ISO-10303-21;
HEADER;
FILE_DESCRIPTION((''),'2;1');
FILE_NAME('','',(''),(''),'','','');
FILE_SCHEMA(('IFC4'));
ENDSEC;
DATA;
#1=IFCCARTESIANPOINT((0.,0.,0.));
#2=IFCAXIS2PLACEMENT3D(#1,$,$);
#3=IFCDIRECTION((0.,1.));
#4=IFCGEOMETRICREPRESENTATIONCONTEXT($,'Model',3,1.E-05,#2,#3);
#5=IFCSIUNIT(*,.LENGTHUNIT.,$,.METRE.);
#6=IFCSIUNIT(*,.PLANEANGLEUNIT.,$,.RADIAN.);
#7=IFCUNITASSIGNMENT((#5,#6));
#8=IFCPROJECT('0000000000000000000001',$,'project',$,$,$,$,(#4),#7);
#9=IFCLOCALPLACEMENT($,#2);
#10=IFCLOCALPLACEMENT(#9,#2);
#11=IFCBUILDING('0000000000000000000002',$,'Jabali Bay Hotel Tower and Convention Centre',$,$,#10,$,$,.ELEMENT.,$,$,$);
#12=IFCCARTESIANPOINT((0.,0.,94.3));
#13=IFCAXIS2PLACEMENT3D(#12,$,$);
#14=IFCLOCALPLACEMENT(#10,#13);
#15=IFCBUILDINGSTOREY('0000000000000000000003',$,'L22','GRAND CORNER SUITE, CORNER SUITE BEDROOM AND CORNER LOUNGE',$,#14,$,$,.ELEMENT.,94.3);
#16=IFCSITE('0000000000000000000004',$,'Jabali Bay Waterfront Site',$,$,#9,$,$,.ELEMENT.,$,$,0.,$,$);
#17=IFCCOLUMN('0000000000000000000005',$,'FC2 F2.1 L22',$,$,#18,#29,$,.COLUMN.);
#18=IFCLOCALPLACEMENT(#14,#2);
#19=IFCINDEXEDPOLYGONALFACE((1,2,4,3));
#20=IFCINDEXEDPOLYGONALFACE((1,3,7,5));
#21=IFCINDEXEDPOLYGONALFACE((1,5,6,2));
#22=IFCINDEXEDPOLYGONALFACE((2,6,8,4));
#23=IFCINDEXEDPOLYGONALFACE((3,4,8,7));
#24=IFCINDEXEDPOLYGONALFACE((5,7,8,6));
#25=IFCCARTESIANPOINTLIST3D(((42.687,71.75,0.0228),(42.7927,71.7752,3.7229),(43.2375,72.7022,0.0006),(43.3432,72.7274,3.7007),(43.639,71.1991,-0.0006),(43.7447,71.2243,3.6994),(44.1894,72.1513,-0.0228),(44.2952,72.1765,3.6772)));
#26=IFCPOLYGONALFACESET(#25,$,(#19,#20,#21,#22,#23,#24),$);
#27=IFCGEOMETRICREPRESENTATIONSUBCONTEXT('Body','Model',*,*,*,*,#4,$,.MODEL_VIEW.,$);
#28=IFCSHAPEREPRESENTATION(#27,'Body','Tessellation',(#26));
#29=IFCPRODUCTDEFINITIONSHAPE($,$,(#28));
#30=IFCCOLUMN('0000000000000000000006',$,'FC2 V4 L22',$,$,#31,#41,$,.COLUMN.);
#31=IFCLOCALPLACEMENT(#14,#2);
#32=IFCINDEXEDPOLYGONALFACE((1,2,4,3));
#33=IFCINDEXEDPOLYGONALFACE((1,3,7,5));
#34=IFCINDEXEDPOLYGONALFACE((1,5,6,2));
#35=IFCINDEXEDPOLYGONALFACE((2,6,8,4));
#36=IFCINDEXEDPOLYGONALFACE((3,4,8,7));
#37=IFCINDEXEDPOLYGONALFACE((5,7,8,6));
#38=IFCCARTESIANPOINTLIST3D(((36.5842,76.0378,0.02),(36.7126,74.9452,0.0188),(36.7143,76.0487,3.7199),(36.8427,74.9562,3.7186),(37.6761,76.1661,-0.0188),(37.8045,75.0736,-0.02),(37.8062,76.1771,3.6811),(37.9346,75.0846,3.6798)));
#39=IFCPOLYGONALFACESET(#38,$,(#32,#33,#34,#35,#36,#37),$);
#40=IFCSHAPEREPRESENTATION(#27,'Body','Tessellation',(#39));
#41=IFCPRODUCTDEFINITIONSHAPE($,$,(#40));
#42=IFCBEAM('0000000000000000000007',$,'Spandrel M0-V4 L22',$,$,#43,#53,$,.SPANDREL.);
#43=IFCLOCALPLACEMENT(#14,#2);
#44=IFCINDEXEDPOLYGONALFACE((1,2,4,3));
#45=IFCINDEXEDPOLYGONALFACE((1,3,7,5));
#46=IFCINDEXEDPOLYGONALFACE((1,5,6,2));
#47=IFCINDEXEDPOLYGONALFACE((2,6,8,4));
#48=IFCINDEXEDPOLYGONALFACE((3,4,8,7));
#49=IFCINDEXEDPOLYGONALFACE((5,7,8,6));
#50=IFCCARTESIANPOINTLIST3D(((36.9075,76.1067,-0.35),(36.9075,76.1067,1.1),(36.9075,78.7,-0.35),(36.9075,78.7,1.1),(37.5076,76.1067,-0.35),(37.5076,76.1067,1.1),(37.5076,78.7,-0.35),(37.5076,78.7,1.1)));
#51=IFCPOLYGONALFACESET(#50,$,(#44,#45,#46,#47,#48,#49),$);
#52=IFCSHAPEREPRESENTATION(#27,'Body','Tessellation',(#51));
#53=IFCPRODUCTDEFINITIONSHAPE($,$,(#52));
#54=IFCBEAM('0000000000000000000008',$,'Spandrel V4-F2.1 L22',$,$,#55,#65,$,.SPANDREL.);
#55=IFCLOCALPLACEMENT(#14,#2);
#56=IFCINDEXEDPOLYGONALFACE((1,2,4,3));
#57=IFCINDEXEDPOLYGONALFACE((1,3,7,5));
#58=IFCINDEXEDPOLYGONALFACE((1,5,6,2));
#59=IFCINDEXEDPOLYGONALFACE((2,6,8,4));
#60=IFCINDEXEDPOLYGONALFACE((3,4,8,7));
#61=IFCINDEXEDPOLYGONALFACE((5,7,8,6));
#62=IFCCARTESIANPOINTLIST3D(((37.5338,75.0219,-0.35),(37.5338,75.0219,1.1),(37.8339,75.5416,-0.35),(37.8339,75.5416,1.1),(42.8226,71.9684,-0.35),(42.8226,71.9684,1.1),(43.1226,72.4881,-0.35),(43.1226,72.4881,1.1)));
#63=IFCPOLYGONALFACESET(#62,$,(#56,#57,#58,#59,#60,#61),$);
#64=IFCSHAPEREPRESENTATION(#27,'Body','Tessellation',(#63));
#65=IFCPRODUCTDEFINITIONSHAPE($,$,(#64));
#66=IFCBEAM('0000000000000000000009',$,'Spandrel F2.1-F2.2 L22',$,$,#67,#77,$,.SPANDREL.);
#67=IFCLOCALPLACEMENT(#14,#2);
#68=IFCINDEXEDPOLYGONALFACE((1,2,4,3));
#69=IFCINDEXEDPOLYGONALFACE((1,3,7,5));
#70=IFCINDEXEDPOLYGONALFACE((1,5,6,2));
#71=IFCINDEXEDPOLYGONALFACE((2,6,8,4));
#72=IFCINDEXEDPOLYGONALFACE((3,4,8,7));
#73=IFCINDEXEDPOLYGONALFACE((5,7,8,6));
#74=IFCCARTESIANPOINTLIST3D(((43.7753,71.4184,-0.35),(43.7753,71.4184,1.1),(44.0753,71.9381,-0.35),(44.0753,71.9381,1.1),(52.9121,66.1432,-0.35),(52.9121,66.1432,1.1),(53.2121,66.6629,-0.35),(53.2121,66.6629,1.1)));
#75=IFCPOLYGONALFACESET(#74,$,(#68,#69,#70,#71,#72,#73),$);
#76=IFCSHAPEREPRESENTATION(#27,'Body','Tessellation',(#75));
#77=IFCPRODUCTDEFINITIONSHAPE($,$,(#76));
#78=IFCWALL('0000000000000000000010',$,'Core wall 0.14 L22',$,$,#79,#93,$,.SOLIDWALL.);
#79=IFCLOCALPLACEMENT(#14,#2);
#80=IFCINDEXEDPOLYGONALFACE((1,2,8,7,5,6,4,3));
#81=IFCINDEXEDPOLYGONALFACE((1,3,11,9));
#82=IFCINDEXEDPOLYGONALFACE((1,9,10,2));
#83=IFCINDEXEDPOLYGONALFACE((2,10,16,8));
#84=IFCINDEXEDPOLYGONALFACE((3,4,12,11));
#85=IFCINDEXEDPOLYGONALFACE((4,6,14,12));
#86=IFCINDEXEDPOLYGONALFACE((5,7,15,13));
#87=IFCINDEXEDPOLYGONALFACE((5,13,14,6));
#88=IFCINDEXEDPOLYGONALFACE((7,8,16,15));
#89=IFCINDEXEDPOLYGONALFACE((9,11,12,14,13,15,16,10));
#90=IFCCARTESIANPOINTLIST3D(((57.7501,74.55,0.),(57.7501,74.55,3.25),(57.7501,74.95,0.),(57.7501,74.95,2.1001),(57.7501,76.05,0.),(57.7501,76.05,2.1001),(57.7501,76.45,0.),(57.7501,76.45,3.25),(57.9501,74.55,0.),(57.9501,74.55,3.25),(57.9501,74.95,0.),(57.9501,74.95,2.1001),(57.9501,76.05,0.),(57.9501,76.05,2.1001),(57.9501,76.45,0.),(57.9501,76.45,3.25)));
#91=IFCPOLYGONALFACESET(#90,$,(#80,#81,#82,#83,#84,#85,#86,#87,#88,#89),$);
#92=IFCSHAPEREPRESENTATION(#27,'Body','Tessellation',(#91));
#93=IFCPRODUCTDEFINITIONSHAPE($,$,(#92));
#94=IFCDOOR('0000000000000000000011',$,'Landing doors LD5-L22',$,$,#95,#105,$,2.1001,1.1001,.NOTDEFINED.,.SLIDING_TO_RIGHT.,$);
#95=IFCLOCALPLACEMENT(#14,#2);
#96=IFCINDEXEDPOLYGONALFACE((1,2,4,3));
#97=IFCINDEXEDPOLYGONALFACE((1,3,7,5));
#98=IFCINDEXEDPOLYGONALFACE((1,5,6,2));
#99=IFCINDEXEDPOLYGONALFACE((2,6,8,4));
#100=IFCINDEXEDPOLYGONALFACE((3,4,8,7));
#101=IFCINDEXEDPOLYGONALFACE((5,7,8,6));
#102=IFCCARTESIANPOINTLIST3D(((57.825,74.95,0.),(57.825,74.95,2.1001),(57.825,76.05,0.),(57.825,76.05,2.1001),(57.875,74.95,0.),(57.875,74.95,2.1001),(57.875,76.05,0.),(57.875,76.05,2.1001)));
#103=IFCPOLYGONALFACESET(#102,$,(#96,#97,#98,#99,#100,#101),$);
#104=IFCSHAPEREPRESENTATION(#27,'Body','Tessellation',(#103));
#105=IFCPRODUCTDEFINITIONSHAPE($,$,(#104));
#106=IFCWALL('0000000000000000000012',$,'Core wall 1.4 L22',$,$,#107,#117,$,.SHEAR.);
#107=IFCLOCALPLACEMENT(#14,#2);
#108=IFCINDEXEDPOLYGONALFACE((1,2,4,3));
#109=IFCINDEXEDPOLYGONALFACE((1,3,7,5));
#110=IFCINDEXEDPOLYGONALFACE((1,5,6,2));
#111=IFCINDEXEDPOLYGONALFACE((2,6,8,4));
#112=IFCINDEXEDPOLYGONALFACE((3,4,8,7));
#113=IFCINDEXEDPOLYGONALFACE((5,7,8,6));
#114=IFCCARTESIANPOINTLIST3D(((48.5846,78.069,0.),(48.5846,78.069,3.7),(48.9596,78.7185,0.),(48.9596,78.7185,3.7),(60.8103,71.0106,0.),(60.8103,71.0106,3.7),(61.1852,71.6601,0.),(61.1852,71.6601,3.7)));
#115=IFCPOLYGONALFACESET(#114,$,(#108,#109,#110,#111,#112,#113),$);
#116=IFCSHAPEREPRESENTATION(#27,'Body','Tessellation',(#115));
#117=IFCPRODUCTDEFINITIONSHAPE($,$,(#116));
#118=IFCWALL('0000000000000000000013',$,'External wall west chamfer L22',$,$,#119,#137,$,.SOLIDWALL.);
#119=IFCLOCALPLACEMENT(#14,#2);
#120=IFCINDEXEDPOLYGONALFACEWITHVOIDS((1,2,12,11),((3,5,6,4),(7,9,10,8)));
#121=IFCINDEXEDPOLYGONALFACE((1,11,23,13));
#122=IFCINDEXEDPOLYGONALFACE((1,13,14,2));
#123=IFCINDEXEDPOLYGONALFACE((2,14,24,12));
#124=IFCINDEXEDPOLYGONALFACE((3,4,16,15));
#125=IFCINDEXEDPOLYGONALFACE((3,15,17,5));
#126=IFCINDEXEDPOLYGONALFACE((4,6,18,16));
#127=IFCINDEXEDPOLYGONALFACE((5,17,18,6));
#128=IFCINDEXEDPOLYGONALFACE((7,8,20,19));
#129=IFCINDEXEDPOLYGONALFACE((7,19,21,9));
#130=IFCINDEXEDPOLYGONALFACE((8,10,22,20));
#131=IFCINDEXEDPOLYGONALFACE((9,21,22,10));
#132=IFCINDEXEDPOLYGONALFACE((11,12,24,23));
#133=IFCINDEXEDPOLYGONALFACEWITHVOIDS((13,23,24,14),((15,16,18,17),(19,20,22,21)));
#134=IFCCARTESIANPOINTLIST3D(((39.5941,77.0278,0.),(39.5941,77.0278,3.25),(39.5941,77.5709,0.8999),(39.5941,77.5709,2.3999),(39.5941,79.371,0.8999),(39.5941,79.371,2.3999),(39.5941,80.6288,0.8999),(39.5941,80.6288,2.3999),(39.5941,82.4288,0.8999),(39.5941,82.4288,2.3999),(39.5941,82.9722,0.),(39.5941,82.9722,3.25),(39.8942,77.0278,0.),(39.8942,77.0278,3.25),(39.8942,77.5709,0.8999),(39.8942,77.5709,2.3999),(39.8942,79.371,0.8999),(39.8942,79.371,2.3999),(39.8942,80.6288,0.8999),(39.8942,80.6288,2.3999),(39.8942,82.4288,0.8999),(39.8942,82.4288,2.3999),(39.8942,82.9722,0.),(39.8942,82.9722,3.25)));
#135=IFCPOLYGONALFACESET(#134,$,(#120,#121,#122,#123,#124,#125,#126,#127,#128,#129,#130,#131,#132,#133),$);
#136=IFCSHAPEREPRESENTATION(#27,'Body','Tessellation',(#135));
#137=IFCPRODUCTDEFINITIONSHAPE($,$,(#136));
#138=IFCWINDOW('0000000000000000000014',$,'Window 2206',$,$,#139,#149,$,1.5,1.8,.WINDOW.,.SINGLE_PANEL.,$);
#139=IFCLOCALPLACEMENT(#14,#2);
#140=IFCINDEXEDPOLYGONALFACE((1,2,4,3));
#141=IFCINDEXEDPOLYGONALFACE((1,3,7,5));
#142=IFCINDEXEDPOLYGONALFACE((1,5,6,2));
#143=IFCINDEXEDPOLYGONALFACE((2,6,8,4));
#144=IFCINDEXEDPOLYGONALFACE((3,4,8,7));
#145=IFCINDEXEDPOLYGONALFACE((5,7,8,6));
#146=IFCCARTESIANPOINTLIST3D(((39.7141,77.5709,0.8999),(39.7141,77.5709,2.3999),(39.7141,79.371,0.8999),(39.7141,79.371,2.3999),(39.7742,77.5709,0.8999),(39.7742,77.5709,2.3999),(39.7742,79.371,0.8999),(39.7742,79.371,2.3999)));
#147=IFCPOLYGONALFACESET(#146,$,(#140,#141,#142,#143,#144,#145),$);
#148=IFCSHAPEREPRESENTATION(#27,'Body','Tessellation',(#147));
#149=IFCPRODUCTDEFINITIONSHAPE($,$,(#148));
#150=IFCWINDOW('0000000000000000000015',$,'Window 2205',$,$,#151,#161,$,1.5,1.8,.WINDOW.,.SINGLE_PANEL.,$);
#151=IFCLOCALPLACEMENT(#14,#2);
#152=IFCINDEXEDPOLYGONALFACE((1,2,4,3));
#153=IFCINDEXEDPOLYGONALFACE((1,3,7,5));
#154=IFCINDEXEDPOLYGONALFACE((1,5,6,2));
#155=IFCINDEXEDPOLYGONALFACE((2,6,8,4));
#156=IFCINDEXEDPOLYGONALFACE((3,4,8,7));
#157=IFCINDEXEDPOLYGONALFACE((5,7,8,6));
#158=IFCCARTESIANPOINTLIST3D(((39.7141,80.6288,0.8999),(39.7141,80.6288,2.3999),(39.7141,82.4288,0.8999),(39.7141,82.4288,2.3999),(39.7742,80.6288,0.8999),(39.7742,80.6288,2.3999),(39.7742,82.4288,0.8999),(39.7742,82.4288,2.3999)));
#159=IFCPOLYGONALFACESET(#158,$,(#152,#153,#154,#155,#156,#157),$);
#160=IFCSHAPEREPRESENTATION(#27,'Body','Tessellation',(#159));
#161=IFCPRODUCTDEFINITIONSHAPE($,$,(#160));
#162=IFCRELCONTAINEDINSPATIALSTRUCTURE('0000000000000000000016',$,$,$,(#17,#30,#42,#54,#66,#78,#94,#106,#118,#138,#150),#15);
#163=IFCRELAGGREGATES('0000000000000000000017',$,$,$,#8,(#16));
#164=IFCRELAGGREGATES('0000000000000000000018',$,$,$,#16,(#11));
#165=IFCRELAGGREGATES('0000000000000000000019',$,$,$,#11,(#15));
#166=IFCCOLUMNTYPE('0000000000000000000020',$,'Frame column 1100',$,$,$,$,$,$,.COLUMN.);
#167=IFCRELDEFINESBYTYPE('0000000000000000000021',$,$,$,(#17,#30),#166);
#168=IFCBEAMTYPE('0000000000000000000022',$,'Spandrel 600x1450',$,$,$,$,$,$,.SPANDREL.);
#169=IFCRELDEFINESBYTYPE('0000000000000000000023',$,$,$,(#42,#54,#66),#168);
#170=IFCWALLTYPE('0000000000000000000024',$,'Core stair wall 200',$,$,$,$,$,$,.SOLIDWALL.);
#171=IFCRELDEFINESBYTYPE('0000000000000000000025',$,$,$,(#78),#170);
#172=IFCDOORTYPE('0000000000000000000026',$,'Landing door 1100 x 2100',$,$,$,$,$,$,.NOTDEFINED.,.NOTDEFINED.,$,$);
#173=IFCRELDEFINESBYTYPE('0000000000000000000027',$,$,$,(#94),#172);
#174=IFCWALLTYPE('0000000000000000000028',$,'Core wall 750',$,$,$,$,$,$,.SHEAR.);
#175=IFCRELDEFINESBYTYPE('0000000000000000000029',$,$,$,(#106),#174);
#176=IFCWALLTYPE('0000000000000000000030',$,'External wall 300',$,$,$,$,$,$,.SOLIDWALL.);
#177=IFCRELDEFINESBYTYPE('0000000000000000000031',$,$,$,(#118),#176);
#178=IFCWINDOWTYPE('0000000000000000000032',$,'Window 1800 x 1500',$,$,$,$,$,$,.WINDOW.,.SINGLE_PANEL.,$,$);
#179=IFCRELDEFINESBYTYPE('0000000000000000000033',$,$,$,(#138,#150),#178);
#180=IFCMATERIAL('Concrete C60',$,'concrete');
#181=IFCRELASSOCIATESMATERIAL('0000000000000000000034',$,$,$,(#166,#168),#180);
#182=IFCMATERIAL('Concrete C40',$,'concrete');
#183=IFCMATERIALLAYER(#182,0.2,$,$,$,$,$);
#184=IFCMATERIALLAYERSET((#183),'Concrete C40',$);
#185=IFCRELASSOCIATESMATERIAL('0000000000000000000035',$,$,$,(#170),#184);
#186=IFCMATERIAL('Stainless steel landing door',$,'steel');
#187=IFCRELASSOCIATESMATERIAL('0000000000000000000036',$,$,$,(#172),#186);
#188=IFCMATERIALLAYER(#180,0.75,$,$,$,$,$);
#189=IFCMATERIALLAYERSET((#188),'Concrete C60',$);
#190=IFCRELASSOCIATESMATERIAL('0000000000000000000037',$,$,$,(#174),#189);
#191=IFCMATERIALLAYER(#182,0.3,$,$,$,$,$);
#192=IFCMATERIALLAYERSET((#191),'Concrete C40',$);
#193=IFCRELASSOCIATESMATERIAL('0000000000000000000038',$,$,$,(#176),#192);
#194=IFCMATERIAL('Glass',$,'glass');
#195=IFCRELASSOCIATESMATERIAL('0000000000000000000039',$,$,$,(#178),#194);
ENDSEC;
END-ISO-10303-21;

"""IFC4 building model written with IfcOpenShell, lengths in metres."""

from ifc_helpers import new_model, si_unit, direction, frame, frame_2d, origin, origin_2d, place, context, subcontext, project, spatial, rectangle, extrude, material, layer, layer_set, material_profile, profile_set, type_object, element, fill, save


model = new_model("IFC4")

# Units and contexts
model_context = context("Model", 3, precision=1e-05, world=origin(), true_north=direction((0.0, 1.0)))
body_context = subcontext(model_context, "Body", "Model", "MODEL_VIEW")
ifc_project = project(units=[si_unit("LENGTHUNIT", "METRE"), si_unit("PLANEANGLEUNIT", "RADIAN")], contexts=[model_context])

# Site, building, storey
site_placement = place(None, origin())
site = spatial("IfcSite", under=ifc_project, at=site_placement, Name="Jabali Bay Waterfront Site", CompositionType="ELEMENT", RefElevation=0.0)
building_placement = place(site_placement, origin())
building = spatial("IfcBuilding", under=site, at=building_placement, Name="Jabali Bay Hotel Tower and Convention Centre", CompositionType="ELEMENT")
storey_placement = place(building_placement, frame((0.0, 0.0, 94.3)))
storey = spatial("IfcBuildingStorey", under=building, at=storey_placement, Name="L22", Description="GRAND CORNER SUITE, CORNER SUITE BEDROOM AND CORNER LOUNGE", CompositionType="ELEMENT", Elevation=94.3)

# Columns
ifc_material_1 = material(Name="Concrete C60", Category="concrete")
ifc_material_profile_1 = material_profile(ifc_material_1, rectangle(XDim=1.1001, YDim=1.1001, at=origin_2d()), Name="Frame column 1100")
ifc_profile_set_1 = profile_set([ifc_material_profile_1], Name="Concrete C60")
column_type = type_object("IfcColumnType", Name="Frame column 1100", PredefinedType="COLUMN", material=ifc_profile_set_1)
column_1_placement = place(storey_placement, frame((43.4382, 71.9507, 0.0), z_axis=(0.028559, 0.006794, 0.999569), x_axis=(-0.86532, 0.500766, 0.02132)))
element("IfcColumn", 1, at=column_1_placement, inside=storey, type_object=column_type, Name="FC2 F2.1 L22", PredefinedType="COLUMN", context=body_context, shape_type="SweptSolid", body=[
    extrude(rectangle(XDim=1.1001, YDim=1.1001, at=origin_2d()), origin(), (0.0, 0.0, 1.0), 3.7017),
])
column_2_placement = place(storey_placement, frame((37.1943, 75.5557, 0.0), z_axis=(0.035148, 0.002967, 0.999378), x_axis=(-0.116729, 0.993163, 0.001156)))
element("IfcColumn", 2, at=column_2_placement, inside=storey, type_object=column_type, Name="FC2 V4 L22", PredefinedType="COLUMN", context=body_context, shape_type="SweptSolid", body=[
    extrude(rectangle(XDim=1.1001, YDim=1.1001, at=origin_2d()), origin(), (0.0, 0.0, 1.0), 3.7021),
])

# Beams
ifc_material_profile_2 = material_profile(ifc_material_1, rectangle(XDim=0.6001, YDim=1.45, at=origin_2d()), Name="Spandrel 600x1450")
ifc_profile_set_2 = profile_set([ifc_material_profile_2], Name="Concrete C60")
beam_type = type_object("IfcBeamType", Name="Spandrel 600x1450", PredefinedType="SPANDREL", material=ifc_profile_set_2)
beam_1_placement = place(storey_placement, frame((37.2075, 78.7, 0.375), z_axis=(0.0, -1.0, 0.0), x_axis=(1.0, 0.0, 0.0)))
element("IfcBeam", 3, at=beam_1_placement, inside=storey, type_object=beam_type, Name="Spandrel M0-V4 L22", PredefinedType="SPANDREL", context=body_context, shape_type="SweptSolid", body=[
    extrude(rectangle(XDim=0.6001, YDim=1.45, at=origin_2d()), origin(), (0.0, 0.0, 1.0), 2.5933),
])
beam_2_placement = place(storey_placement, frame((37.6838, 75.2817, 0.375), z_axis=(0.866028, -0.499996, 0.0), x_axis=(0.499996, 0.866028, 0.0)))
element("IfcBeam", 4, at=beam_2_placement, inside=storey, type_object=beam_type, Name="Spandrel V4-F2.1 L22", PredefinedType="SPANDREL", context=body_context, shape_type="SweptSolid", body=[
    extrude(rectangle(XDim=0.6001, YDim=1.45, at=origin_2d()), origin(), (0.0, 0.0, 1.0), 6.1069),
])
beam_3_placement = place(storey_placement, frame((43.9253, 71.6782, 0.375), z_axis=(0.866023, -0.500004, 0.0), x_axis=(0.500004, 0.866023, 0.0)))
element("IfcBeam", 5, at=beam_3_placement, inside=storey, type_object=beam_type, Name="Spandrel F2.1-F2.2 L22", PredefinedType="SPANDREL", context=body_context, shape_type="SweptSolid", body=[
    extrude(rectangle(XDim=0.6001, YDim=1.45, at=origin_2d()), origin(), (0.0, 0.0, 1.0), 10.5503),
])

# Wall, opening, door
ifc_material_2 = material(Name="Concrete C40", Category="concrete")
ifc_layer_1 = layer(ifc_material_2, 0.2)
ifc_layer_set_1 = layer_set([ifc_layer_1], Name="Concrete C40")
wall_type_1 = type_object("IfcWallType", Name="Core stair wall 200", PredefinedType="SOLIDWALL", material=ifc_layer_set_1)
wall_1_placement = place(storey_placement, frame((57.8501, 76.45, 0.0), z_axis=(0.0, 0.0, 1.0), x_axis=(0.0, -1.0, 0.0)))
wall_1 = element("IfcWall", 6, at=wall_1_placement, inside=storey, type_object=wall_type_1, Name="Core wall 0.14 L22", PredefinedType="SOLIDWALL", context=body_context, shape_type="SweptSolid", body=[
    extrude(rectangle(XDim=1.8999, YDim=0.2, at=frame_2d((0.95, 0.0))), origin(), (0.0, 0.0, 1.0), 3.25),
])
opening_1_placement = place(wall_1_placement, frame((0.3999, 0.0, 0.0)))
opening_1 = element("IfcOpeningElement", 7, at=opening_1_placement, cuts=wall_1, PredefinedType="OPENING", context=body_context, shape_type="SweptSolid", body=[
    extrude(rectangle(XDim=1.1001, YDim=2.1001, at=frame_2d((0.55, 1.05))), frame((0.0, 0.1104, 0.0), z_axis=(0.0, -1.0, 0.0), x_axis=(1.0, 0.0, 0.0)), (0.0, 0.0, 1.0), 0.2209),
])
ifc_material_3 = material(Name="Stainless steel landing door", Category="steel")
door_type = type_object("IfcDoorType", Name="Landing door 1100 x 2100", OperationType="NOTDEFINED", PredefinedType="NOTDEFINED", material=ifc_material_3)
door_placement = place(opening_1_placement, origin())
door = element("IfcDoor", 8, at=door_placement, inside=storey, type_object=door_type, Name="Landing doors LD5-L22", OperationType="SLIDING_TO_RIGHT", OverallHeight=2.1001, OverallWidth=1.1001, PredefinedType="NOTDEFINED", context=body_context, shape_type="SweptSolid", body=[
    extrude(rectangle(XDim=1.1001, YDim=2.1001, at=frame_2d((0.55, 1.05))), frame((0.0, 0.0249, 0.0), z_axis=(0.0, -1.0, 0.0), x_axis=(1.0, 0.0, 0.0)), (0.0, 0.0, 1.0), 0.05),
])
fill(opening_1, door)

# Wall
ifc_layer_2 = layer(ifc_material_1, 0.75)
ifc_layer_set_2 = layer_set([ifc_layer_2], Name="Concrete C60")
wall_type_2 = type_object("IfcWallType", Name="Core wall 750", PredefinedType="SHEAR", material=ifc_layer_set_2)
wall_2_placement = place(storey_placement, frame((48.772, 78.3938, 0.0), z_axis=(0.0, 0.0, 1.0), x_axis=(0.866028, -0.499995, 0.0)))
element("IfcWall", 9, at=wall_2_placement, inside=storey, type_object=wall_type_2, Name="Core wall 1.4 L22", PredefinedType="SHEAR", context=body_context, shape_type="SweptSolid", body=[
    extrude(rectangle(XDim=14.1169, YDim=0.75, at=frame_2d((7.0586, 0.0))), origin(), (0.0, 0.0, 1.0), 3.7),
])

# Wall, openings, windows
ifc_layer_3 = layer(ifc_material_2, 0.3)
ifc_layer_set_3 = layer_set([ifc_layer_3], Name="Concrete C40")
wall_type_3 = type_object("IfcWallType", Name="External wall 300", PredefinedType="SOLIDWALL", material=ifc_layer_set_3)
wall_3_placement = place(storey_placement, frame((39.7441, 77.0278, 0.0), z_axis=(0.0, 0.0, 1.0), x_axis=(0.0, 1.0, 0.0)))
wall_3 = element("IfcWall", 10, at=wall_3_placement, inside=storey, type_object=wall_type_3, Name="External wall west chamfer L22", PredefinedType="SOLIDWALL", context=body_context, shape_type="SweptSolid", body=[
    extrude(rectangle(XDim=5.9443, YDim=0.3, at=frame_2d((2.9722, 0.0))), origin(), (0.0, 0.0, 1.0), 3.25),
])
opening_2_placement = place(wall_3_placement, frame((0.5432, 0.0, 0.8999)))
opening_2 = element("IfcOpeningElement", 11, at=opening_2_placement, cuts=wall_3, PredefinedType="OPENING", context=body_context, shape_type="SweptSolid", body=[
    extrude(rectangle(XDim=1.8, YDim=1.5, at=frame_2d((0.8999, 0.75))), frame((0.0, 0.1606, 0.0), z_axis=(0.0, -1.0, 0.0), x_axis=(1.0, 0.0, 0.0)), (0.0, 0.0, 1.0), 0.321),
])
opening_3_placement = place(wall_3_placement, frame((3.6011, 0.0, 0.8999)))
opening_3 = element("IfcOpeningElement", 12, at=opening_3_placement, cuts=wall_3, PredefinedType="OPENING", context=body_context, shape_type="SweptSolid", body=[
    extrude(rectangle(XDim=1.8, YDim=1.5, at=frame_2d((0.8999, 0.75))), frame((0.0, 0.1606, 0.0), z_axis=(0.0, -1.0, 0.0), x_axis=(1.0, 0.0, 0.0)), (0.0, 0.0, 1.0), 0.321),
])
ifc_material_4 = material(Name="Glass", Category="glass")
window_type = type_object("IfcWindowType", Name="Window 1800 x 1500", PartitioningType="SINGLE_PANEL", PredefinedType="WINDOW", material=ifc_material_4)
window_1_placement = place(opening_2_placement, origin())
window_1 = element("IfcWindow", 13, at=window_1_placement, inside=storey, type_object=window_type, Name="Window 2206", OverallHeight=1.5, OverallWidth=1.8, PartitioningType="SINGLE_PANEL", PredefinedType="WINDOW", context=body_context, shape_type="SweptSolid", body=[
    extrude(rectangle(XDim=1.8, YDim=1.5, at=frame_2d((0.8999, 0.75))), frame((0.0, 0.03, 0.0), z_axis=(0.0, -1.0, 0.0), x_axis=(1.0, 0.0, 0.0)), (0.0, 0.0, 1.0), 0.0601),
])
fill(opening_2, window_1)
window_2_placement = place(opening_3_placement, origin())
window_2 = element("IfcWindow", 14, at=window_2_placement, inside=storey, type_object=window_type, Name="Window 2205", OverallHeight=1.5, OverallWidth=1.8, PartitioningType="SINGLE_PANEL", PredefinedType="WINDOW", context=body_context, shape_type="SweptSolid", body=[
    extrude(rectangle(XDim=1.8, YDim=1.5, at=frame_2d((0.8999, 0.75))), frame((0.0, 0.03, 0.0), z_axis=(0.0, -1.0, 0.0), x_axis=(1.0, 0.0, 0.0)), (0.0, 0.0, 1.0), 0.0601),
])
fill(opening_3, window_2)

save(model, "model.ifc")
